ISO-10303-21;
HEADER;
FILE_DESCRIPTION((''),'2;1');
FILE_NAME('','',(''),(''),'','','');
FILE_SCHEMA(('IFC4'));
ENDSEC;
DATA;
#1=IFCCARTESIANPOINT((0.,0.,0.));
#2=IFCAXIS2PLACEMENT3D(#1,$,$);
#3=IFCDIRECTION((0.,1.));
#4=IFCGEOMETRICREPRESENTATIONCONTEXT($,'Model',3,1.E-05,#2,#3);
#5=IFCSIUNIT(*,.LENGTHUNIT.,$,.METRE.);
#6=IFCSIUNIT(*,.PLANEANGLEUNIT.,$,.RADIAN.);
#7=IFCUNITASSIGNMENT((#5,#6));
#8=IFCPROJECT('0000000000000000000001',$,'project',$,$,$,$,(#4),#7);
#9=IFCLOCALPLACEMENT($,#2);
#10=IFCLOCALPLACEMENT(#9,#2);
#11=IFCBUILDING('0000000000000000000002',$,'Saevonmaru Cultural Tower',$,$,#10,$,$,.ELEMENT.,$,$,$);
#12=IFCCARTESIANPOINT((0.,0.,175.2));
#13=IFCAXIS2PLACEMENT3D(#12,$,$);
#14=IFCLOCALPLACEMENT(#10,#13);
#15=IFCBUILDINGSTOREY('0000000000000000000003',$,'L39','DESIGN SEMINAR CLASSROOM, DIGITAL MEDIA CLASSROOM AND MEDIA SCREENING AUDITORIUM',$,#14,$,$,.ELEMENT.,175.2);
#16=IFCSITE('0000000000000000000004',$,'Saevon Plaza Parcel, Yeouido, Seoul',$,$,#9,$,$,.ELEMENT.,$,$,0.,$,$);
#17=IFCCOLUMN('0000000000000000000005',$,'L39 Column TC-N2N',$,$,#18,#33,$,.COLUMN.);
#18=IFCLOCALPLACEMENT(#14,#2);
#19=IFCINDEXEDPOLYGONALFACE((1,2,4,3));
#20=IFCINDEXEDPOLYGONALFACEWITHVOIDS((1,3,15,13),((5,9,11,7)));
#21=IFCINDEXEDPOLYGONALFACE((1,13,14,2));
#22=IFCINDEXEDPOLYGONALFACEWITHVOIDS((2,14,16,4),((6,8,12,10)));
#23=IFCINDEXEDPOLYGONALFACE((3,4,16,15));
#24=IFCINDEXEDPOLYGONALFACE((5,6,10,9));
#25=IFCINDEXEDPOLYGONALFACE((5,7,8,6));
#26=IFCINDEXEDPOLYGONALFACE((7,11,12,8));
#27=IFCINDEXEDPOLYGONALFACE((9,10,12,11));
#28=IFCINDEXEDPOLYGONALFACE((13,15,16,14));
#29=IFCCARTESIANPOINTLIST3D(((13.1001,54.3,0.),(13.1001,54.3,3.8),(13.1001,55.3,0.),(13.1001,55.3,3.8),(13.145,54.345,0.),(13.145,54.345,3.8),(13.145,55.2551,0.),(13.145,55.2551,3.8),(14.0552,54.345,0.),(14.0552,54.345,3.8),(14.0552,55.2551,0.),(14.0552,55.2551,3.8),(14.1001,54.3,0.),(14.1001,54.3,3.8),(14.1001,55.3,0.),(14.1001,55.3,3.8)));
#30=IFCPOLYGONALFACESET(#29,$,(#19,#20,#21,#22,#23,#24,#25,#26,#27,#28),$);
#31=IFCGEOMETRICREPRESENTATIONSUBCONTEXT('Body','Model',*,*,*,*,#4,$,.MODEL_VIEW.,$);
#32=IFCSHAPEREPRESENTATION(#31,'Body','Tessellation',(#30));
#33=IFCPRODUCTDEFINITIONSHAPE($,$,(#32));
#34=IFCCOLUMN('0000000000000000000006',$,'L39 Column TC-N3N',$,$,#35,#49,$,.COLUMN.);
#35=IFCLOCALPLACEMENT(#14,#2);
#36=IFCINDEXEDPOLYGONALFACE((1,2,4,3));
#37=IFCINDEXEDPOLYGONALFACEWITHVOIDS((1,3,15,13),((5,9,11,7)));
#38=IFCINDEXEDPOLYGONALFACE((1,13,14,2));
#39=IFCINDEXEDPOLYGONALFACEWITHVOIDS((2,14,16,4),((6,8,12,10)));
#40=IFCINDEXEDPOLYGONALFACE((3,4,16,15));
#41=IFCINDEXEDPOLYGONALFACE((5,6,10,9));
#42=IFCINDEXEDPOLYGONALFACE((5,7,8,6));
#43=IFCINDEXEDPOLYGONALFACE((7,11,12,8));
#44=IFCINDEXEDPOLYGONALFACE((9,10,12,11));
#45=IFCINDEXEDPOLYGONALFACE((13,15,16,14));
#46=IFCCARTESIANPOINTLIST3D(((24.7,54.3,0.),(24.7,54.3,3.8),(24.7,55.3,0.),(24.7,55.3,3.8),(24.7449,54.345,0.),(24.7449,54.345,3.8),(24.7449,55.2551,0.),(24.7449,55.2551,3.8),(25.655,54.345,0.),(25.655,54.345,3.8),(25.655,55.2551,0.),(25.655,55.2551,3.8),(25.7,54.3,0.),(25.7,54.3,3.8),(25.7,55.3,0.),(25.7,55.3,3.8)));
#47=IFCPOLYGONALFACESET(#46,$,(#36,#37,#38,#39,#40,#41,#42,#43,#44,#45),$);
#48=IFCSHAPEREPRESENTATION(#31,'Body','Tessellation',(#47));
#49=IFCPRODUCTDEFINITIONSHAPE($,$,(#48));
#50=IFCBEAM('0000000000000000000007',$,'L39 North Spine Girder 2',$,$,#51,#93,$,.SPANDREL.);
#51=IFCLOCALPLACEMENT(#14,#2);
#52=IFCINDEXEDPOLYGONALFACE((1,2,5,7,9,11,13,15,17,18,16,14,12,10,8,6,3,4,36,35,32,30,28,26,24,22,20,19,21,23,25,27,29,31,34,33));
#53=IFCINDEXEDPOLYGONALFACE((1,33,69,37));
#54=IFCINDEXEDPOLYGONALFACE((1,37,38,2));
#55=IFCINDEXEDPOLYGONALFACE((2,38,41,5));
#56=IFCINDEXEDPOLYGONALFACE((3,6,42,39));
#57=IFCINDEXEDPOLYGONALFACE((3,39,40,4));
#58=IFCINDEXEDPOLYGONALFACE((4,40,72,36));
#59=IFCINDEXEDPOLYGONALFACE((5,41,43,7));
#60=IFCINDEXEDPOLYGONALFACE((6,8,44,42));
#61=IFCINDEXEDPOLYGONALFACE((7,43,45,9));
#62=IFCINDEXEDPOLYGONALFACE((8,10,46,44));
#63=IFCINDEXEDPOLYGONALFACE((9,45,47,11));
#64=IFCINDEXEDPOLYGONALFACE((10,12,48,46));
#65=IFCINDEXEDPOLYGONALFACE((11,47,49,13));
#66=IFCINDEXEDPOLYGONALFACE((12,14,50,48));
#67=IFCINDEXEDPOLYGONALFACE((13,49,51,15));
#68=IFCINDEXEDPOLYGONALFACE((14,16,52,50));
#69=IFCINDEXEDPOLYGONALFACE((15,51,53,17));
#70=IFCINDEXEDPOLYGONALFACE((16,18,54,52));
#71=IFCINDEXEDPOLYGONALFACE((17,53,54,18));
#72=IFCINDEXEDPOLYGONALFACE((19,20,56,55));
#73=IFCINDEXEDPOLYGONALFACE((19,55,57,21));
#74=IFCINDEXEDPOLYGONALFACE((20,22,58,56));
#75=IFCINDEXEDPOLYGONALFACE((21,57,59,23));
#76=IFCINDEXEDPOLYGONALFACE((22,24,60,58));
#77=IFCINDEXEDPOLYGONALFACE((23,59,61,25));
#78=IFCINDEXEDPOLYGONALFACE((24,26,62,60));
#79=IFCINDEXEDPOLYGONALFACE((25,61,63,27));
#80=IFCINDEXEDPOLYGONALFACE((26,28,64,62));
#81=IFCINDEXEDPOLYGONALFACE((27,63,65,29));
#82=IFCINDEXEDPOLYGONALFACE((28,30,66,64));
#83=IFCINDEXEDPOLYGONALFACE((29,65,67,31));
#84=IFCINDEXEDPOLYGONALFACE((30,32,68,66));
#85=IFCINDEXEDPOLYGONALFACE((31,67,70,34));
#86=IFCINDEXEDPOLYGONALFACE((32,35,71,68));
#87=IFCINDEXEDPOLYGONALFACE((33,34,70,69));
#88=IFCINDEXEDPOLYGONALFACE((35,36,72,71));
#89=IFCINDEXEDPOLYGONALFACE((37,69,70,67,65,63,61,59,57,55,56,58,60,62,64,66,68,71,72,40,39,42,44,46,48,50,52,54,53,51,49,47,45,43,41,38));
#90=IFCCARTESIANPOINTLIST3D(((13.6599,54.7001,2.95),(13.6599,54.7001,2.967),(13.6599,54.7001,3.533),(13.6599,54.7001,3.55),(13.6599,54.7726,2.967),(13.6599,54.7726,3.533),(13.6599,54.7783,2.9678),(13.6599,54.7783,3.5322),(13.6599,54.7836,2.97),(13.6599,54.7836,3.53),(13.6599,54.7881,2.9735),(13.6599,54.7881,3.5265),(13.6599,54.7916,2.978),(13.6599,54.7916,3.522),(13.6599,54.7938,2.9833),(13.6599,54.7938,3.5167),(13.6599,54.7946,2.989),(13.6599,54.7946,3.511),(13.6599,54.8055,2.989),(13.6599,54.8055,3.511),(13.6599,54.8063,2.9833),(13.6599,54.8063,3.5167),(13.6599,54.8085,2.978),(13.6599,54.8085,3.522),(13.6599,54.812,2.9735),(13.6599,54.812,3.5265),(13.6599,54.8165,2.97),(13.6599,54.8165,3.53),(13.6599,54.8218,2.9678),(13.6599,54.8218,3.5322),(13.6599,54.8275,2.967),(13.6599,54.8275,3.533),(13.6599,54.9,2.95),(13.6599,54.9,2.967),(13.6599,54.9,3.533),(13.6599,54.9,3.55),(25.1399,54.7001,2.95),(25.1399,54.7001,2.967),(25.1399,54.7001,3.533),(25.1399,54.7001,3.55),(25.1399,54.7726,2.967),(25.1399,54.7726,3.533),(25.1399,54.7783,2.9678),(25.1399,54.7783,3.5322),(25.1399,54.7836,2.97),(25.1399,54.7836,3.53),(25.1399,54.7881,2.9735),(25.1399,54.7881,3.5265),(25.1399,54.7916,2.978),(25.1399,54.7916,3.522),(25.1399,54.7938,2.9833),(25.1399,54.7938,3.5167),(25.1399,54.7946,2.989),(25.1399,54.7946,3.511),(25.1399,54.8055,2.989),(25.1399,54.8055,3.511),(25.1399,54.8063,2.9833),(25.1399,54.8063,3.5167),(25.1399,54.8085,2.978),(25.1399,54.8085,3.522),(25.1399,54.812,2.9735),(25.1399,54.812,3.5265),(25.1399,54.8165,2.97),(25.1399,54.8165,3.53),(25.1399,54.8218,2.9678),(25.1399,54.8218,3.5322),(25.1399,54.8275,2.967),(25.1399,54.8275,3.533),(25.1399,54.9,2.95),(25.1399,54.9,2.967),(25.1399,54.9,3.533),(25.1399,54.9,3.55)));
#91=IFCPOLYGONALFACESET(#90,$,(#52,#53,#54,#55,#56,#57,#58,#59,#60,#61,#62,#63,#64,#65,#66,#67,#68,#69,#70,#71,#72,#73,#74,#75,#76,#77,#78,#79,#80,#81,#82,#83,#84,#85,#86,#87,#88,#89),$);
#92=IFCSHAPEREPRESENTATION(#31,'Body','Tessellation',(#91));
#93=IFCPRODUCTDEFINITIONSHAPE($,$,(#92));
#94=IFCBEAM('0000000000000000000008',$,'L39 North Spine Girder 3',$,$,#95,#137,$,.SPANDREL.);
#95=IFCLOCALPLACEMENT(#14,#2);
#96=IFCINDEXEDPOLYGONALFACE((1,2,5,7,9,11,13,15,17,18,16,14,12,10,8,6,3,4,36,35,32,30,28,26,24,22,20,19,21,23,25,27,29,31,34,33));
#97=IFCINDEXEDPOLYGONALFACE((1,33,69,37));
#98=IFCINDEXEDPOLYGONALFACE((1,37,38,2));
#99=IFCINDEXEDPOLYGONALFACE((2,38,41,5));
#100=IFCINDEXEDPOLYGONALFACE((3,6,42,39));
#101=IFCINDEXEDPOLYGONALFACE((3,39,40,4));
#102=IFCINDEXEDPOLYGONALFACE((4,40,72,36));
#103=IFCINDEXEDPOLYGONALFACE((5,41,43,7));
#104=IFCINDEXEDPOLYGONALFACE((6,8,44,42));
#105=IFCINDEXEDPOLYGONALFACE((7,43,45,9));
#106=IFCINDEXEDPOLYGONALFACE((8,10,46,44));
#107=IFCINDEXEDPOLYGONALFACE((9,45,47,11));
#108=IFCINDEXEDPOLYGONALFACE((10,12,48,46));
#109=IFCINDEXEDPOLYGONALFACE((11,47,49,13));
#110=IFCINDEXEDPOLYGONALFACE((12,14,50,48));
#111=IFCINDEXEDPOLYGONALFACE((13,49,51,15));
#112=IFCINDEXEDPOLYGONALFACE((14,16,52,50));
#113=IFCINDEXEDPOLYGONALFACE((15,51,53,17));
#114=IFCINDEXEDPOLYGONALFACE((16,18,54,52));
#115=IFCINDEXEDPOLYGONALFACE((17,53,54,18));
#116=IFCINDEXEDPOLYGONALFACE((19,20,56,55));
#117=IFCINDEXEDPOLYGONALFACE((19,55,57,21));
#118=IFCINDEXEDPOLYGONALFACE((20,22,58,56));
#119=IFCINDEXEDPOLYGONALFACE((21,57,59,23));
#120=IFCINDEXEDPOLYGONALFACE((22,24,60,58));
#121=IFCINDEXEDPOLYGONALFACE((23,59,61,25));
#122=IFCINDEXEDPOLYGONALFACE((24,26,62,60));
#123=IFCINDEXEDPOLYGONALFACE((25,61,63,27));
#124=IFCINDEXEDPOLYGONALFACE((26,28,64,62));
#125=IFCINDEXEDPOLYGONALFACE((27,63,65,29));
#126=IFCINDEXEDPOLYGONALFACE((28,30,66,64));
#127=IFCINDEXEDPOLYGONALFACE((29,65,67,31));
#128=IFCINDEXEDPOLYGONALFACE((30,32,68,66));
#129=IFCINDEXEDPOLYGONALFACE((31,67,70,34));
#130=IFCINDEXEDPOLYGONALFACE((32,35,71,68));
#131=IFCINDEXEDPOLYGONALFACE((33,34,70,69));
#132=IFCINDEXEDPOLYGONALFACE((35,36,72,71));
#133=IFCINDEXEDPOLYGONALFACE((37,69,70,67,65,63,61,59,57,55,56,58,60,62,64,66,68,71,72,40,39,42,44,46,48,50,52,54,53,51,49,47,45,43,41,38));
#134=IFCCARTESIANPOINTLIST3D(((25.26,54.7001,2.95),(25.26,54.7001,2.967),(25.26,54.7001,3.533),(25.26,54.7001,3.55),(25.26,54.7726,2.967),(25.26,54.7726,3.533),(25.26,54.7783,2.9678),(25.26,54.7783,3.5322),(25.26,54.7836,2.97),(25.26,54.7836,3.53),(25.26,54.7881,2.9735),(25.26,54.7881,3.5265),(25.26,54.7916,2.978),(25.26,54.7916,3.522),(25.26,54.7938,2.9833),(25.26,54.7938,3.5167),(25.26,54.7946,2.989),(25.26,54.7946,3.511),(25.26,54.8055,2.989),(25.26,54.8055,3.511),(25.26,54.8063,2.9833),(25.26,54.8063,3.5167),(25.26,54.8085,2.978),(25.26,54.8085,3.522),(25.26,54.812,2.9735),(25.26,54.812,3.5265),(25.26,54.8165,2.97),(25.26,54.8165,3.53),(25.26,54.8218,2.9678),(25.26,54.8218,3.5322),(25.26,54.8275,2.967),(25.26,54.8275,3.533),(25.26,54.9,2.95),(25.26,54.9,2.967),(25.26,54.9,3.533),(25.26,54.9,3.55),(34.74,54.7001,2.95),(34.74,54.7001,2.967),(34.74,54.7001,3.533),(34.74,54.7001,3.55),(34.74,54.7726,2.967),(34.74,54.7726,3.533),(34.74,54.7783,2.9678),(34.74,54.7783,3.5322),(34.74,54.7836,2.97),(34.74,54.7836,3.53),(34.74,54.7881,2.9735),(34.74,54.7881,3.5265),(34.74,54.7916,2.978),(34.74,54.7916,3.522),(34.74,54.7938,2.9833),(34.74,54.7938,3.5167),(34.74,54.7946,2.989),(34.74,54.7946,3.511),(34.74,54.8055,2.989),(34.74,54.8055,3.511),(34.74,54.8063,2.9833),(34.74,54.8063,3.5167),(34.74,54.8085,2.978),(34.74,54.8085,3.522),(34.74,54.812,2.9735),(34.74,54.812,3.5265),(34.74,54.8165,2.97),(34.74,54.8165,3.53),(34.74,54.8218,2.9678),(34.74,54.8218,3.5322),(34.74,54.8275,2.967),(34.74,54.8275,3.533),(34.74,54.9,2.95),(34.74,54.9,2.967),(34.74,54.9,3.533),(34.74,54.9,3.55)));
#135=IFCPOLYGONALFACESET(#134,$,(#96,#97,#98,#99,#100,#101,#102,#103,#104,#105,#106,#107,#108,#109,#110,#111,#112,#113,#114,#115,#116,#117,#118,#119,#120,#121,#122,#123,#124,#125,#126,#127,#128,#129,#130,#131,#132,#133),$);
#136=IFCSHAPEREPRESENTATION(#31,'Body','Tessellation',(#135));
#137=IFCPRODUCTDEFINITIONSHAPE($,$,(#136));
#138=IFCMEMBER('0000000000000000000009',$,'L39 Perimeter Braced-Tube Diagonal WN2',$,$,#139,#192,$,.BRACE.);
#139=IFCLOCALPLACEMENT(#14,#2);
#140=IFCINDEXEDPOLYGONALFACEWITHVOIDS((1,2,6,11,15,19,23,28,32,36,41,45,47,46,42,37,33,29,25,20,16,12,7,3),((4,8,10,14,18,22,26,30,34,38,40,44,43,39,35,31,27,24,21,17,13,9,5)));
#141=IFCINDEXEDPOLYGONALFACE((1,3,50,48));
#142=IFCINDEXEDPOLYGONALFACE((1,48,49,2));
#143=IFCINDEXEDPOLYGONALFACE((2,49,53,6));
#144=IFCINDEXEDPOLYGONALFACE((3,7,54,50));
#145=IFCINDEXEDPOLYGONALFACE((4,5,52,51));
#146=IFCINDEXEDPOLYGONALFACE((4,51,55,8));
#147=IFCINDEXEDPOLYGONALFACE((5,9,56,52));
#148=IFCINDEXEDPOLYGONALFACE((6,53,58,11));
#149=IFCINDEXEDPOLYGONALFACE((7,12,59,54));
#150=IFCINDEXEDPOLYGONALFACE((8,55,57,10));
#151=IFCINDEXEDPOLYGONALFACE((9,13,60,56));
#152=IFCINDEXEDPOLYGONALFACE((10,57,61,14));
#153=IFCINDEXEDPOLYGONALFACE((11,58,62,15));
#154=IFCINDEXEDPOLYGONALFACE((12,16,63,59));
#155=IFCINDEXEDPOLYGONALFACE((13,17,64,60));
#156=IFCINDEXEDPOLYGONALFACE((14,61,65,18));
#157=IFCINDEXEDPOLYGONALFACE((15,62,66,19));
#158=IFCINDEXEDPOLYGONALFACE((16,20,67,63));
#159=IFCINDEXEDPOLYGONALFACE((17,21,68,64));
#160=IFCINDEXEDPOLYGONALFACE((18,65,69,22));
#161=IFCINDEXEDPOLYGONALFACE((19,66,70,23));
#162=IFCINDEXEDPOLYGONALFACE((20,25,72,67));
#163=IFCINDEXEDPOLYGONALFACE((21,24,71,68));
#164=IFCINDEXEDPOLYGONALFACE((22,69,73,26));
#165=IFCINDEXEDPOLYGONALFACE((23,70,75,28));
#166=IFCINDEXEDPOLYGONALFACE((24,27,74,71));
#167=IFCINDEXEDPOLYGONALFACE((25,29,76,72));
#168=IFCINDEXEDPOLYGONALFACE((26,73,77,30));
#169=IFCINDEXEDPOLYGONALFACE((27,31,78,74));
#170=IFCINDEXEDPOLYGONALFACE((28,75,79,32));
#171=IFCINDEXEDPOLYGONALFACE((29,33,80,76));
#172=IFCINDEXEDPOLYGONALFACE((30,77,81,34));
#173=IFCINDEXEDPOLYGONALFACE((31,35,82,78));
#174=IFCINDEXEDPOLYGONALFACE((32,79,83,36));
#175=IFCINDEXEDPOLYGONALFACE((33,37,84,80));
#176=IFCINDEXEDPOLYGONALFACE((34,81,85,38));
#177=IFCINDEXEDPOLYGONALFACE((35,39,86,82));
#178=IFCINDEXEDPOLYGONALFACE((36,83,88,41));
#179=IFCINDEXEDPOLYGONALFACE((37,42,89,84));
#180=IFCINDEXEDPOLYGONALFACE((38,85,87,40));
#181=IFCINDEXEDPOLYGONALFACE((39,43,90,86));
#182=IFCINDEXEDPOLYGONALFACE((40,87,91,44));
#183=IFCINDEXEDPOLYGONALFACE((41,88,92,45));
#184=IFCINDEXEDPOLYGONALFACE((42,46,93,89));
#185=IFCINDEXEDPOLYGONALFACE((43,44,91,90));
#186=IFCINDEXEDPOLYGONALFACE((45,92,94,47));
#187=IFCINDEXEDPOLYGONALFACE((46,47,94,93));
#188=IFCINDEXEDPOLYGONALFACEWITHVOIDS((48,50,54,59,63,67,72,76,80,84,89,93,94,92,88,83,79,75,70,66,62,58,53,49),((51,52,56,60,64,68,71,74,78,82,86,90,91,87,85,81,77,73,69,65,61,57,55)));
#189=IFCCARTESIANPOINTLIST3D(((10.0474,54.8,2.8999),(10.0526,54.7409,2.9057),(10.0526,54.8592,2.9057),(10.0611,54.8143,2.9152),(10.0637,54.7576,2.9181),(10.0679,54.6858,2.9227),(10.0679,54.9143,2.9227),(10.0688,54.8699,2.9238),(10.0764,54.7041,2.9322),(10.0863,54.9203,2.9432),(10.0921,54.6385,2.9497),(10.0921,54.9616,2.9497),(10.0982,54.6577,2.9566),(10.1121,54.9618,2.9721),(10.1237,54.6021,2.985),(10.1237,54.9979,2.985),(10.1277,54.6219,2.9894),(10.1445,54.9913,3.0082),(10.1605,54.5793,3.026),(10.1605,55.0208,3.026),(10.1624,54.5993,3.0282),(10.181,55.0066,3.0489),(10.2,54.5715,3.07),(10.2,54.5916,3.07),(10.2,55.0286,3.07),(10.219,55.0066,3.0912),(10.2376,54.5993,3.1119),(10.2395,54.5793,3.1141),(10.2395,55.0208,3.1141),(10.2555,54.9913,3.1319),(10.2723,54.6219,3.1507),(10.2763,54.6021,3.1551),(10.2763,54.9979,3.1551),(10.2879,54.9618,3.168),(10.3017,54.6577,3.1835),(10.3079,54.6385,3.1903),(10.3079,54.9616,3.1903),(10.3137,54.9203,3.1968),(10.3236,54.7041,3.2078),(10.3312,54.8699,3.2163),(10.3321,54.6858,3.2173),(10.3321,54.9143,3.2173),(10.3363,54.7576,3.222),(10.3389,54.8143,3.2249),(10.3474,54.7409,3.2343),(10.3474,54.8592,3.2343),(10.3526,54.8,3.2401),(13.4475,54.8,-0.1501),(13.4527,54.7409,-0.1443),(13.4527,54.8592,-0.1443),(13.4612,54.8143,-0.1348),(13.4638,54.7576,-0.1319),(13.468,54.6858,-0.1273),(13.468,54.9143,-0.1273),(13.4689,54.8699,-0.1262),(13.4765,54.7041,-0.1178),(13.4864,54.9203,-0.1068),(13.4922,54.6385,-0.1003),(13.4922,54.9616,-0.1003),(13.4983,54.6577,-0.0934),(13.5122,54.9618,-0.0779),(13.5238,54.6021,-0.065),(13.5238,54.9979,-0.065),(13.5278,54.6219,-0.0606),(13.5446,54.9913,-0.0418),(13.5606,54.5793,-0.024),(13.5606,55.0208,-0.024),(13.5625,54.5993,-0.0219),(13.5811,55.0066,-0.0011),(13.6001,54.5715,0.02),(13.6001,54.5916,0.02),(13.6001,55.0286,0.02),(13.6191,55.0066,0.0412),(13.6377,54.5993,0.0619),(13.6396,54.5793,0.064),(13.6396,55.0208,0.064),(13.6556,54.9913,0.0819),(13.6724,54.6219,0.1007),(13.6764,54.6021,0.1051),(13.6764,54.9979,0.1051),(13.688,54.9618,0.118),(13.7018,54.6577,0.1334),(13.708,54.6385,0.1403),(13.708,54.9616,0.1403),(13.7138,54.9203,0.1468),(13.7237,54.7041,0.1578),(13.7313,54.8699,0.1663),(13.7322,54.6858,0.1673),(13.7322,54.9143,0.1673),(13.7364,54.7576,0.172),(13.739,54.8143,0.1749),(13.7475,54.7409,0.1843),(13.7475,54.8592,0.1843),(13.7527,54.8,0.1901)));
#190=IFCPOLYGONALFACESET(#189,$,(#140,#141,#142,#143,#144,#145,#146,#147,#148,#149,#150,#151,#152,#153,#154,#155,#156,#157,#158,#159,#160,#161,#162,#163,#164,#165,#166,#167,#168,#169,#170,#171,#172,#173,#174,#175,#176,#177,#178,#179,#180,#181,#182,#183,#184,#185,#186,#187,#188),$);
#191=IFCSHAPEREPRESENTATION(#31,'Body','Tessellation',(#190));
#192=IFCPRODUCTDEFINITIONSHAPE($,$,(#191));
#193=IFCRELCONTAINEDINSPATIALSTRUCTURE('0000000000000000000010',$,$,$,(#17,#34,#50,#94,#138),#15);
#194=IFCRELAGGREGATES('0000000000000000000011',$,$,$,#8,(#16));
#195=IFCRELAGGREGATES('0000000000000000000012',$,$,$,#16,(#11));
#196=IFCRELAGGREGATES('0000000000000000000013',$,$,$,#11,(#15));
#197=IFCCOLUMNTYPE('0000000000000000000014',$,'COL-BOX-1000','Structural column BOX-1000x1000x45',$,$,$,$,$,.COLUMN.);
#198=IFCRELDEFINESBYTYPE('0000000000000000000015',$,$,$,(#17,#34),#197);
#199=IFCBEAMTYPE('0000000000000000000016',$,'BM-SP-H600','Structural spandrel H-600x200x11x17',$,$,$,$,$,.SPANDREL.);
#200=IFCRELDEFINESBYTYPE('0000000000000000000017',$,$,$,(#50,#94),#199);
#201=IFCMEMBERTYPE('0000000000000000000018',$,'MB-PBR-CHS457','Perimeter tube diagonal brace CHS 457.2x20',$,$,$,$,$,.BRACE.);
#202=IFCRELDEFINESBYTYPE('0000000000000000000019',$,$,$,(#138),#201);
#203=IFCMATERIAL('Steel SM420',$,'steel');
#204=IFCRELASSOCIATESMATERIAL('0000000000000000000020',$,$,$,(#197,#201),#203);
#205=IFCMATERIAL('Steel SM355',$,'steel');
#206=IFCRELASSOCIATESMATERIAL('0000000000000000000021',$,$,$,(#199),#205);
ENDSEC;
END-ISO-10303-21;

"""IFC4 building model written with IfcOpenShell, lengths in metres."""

from ifc_helpers import new_model, si_unit, direction, frame, origin, origin_2d, place, context, subcontext, project, spatial, hollow_rectangle, hollow_circle, i_section, extrude, material, material_profile, profile_set, type_object, element, save


model = new_model("IFC4")

# Units and contexts
model_context = context("Model", 3, precision=1e-05, world=origin(), true_north=direction((0.0, 1.0)))
body_context = subcontext(model_context, "Body", "Model", "MODEL_VIEW")
ifc_project = project(units=[si_unit("LENGTHUNIT", "METRE"), si_unit("PLANEANGLEUNIT", "RADIAN")], contexts=[model_context])

# Site, building, storey
site_placement = place(None, origin())
site = spatial("IfcSite", under=ifc_project, at=site_placement, Name="Saevon Plaza Parcel, Yeouido, Seoul", CompositionType="ELEMENT", RefElevation=0.0)
building_placement = place(site_placement, origin())
building = spatial("IfcBuilding", under=site, at=building_placement, Name="Saevonmaru Cultural Tower", CompositionType="ELEMENT")
storey_placement = place(building_placement, frame((0.0, 0.0, 175.2)))
storey = spatial("IfcBuildingStorey", under=building, at=storey_placement, Name="L39", Description="DESIGN SEMINAR CLASSROOM, DIGITAL MEDIA CLASSROOM AND MEDIA SCREENING AUDITORIUM", CompositionType="ELEMENT", Elevation=175.2)

# Columns
ifc_material_1 = material(Name="Steel SM420", Category="steel")
ifc_material_profile_1 = material_profile(ifc_material_1, hollow_rectangle(XDim=1.0, YDim=1.0, WallThickness=0.0449, at=origin_2d()), Name="BOX-1000x1000x45")
ifc_profile_set_1 = profile_set([ifc_material_profile_1], Name="Steel SM420")
column_type = type_object("IfcColumnType", Name="COL-BOX-1000", Description="Structural column BOX-1000x1000x45", PredefinedType="COLUMN", material=ifc_profile_set_1)
for number, where, z_axis, x_axis, name in (
    (1, (13.6001, 54.8, 0.0), (0.0, 0.0, 1.0), (1.0, 0.0, 0.0), "L39 Column TC-N2N"),
    (2, (25.2, 54.8, 0.0), (0.0, 0.0, 1.0), (1.0, 0.0, 0.0), "L39 Column TC-N3N"),
):
    element("IfcColumn", number, at=place(storey_placement, frame(where, z_axis=z_axis, x_axis=x_axis)), inside=storey, type_object=column_type, Name=name, PredefinedType="COLUMN", context=body_context, shape_type="SweptSolid", body=[
        extrude(hollow_rectangle(XDim=1.0, YDim=1.0, WallThickness=0.0449, at=origin_2d()), origin(), (0.0, 0.0, 1.0), 3.8),
    ])

# Beams
ifc_material_2 = material(Name="Steel SM355", Category="steel")
ifc_material_profile_2 = material_profile(ifc_material_2, i_section(OverallWidth=0.2, OverallDepth=0.6001, WebThickness=0.011, FlangeThickness=0.0171, FilletRadius=0.022, at=origin_2d()), Name="H-600x200x11x17")
ifc_profile_set_2 = profile_set([ifc_material_profile_2], Name="Steel SM355")
beam_type = type_object("IfcBeamType", Name="BM-SP-H600", Description="Structural spandrel H-600x200x11x17", PredefinedType="SPANDREL", material=ifc_profile_set_2)
beam_1_placement = place(storey_placement, frame((13.6599, 54.8, 3.25), z_axis=(1.0, 0.0, 0.0), x_axis=(0.0, 1.0, 0.0)))
element("IfcBeam", 3, at=beam_1_placement, inside=storey, type_object=beam_type, Name="L39 North Spine Girder 2", PredefinedType="SPANDREL", context=body_context, shape_type="SweptSolid", body=[
    extrude(i_section(OverallWidth=0.2, OverallDepth=0.6001, WebThickness=0.011, FlangeThickness=0.0171, FilletRadius=0.022, at=origin_2d()), origin(), (0.0, 0.0, 1.0), 11.48),
])
beam_2_placement = place(storey_placement, frame((25.26, 54.8, 3.25), z_axis=(1.0, 0.0, 0.0), x_axis=(0.0, 1.0, 0.0)))
element("IfcBeam", 4, at=beam_2_placement, inside=storey, type_object=beam_type, Name="L39 North Spine Girder 3", PredefinedType="SPANDREL", context=body_context, shape_type="SweptSolid", body=[
    extrude(i_section(OverallWidth=0.2, OverallDepth=0.6001, WebThickness=0.011, FlangeThickness=0.0171, FilletRadius=0.022, at=origin_2d()), origin(), (0.0, 0.0, 1.0), 9.48),
])

# Member
ifc_material_profile_3 = material_profile(ifc_material_1, hollow_circle(Radius=0.2285, WallThickness=0.02, at=origin_2d()), Name="CHS-457.2x20")
ifc_profile_set_3 = profile_set([ifc_material_profile_3], Name="Steel SM420")
member_type_1 = type_object("IfcMemberType", Name="MB-PBR-CHS457", Description="Perimeter tube diagonal brace CHS 457.2x20", PredefinedType="BRACE", material=ifc_profile_set_3)
member_1_placement = place(storey_placement, frame((13.6001, 54.8, 0.02), z_axis=(-0.744391, 0.0, 0.667744), x_axis=(0.0, -1.0, 0.0)))
element("IfcMember", 5, at=member_1_placement, inside=storey, type_object=member_type_1, Name="L39 Perimeter Braced-Tube Diagonal WN2", PredefinedType="BRACE", context=body_context, shape_type="SweptSolid", body=[
    extrude(hollow_circle(Radius=0.2285, WallThickness=0.02, at=origin_2d()), origin(), (0.0, 0.0, 1.0), 4.5676),
])

save(model, "model.ifc")
